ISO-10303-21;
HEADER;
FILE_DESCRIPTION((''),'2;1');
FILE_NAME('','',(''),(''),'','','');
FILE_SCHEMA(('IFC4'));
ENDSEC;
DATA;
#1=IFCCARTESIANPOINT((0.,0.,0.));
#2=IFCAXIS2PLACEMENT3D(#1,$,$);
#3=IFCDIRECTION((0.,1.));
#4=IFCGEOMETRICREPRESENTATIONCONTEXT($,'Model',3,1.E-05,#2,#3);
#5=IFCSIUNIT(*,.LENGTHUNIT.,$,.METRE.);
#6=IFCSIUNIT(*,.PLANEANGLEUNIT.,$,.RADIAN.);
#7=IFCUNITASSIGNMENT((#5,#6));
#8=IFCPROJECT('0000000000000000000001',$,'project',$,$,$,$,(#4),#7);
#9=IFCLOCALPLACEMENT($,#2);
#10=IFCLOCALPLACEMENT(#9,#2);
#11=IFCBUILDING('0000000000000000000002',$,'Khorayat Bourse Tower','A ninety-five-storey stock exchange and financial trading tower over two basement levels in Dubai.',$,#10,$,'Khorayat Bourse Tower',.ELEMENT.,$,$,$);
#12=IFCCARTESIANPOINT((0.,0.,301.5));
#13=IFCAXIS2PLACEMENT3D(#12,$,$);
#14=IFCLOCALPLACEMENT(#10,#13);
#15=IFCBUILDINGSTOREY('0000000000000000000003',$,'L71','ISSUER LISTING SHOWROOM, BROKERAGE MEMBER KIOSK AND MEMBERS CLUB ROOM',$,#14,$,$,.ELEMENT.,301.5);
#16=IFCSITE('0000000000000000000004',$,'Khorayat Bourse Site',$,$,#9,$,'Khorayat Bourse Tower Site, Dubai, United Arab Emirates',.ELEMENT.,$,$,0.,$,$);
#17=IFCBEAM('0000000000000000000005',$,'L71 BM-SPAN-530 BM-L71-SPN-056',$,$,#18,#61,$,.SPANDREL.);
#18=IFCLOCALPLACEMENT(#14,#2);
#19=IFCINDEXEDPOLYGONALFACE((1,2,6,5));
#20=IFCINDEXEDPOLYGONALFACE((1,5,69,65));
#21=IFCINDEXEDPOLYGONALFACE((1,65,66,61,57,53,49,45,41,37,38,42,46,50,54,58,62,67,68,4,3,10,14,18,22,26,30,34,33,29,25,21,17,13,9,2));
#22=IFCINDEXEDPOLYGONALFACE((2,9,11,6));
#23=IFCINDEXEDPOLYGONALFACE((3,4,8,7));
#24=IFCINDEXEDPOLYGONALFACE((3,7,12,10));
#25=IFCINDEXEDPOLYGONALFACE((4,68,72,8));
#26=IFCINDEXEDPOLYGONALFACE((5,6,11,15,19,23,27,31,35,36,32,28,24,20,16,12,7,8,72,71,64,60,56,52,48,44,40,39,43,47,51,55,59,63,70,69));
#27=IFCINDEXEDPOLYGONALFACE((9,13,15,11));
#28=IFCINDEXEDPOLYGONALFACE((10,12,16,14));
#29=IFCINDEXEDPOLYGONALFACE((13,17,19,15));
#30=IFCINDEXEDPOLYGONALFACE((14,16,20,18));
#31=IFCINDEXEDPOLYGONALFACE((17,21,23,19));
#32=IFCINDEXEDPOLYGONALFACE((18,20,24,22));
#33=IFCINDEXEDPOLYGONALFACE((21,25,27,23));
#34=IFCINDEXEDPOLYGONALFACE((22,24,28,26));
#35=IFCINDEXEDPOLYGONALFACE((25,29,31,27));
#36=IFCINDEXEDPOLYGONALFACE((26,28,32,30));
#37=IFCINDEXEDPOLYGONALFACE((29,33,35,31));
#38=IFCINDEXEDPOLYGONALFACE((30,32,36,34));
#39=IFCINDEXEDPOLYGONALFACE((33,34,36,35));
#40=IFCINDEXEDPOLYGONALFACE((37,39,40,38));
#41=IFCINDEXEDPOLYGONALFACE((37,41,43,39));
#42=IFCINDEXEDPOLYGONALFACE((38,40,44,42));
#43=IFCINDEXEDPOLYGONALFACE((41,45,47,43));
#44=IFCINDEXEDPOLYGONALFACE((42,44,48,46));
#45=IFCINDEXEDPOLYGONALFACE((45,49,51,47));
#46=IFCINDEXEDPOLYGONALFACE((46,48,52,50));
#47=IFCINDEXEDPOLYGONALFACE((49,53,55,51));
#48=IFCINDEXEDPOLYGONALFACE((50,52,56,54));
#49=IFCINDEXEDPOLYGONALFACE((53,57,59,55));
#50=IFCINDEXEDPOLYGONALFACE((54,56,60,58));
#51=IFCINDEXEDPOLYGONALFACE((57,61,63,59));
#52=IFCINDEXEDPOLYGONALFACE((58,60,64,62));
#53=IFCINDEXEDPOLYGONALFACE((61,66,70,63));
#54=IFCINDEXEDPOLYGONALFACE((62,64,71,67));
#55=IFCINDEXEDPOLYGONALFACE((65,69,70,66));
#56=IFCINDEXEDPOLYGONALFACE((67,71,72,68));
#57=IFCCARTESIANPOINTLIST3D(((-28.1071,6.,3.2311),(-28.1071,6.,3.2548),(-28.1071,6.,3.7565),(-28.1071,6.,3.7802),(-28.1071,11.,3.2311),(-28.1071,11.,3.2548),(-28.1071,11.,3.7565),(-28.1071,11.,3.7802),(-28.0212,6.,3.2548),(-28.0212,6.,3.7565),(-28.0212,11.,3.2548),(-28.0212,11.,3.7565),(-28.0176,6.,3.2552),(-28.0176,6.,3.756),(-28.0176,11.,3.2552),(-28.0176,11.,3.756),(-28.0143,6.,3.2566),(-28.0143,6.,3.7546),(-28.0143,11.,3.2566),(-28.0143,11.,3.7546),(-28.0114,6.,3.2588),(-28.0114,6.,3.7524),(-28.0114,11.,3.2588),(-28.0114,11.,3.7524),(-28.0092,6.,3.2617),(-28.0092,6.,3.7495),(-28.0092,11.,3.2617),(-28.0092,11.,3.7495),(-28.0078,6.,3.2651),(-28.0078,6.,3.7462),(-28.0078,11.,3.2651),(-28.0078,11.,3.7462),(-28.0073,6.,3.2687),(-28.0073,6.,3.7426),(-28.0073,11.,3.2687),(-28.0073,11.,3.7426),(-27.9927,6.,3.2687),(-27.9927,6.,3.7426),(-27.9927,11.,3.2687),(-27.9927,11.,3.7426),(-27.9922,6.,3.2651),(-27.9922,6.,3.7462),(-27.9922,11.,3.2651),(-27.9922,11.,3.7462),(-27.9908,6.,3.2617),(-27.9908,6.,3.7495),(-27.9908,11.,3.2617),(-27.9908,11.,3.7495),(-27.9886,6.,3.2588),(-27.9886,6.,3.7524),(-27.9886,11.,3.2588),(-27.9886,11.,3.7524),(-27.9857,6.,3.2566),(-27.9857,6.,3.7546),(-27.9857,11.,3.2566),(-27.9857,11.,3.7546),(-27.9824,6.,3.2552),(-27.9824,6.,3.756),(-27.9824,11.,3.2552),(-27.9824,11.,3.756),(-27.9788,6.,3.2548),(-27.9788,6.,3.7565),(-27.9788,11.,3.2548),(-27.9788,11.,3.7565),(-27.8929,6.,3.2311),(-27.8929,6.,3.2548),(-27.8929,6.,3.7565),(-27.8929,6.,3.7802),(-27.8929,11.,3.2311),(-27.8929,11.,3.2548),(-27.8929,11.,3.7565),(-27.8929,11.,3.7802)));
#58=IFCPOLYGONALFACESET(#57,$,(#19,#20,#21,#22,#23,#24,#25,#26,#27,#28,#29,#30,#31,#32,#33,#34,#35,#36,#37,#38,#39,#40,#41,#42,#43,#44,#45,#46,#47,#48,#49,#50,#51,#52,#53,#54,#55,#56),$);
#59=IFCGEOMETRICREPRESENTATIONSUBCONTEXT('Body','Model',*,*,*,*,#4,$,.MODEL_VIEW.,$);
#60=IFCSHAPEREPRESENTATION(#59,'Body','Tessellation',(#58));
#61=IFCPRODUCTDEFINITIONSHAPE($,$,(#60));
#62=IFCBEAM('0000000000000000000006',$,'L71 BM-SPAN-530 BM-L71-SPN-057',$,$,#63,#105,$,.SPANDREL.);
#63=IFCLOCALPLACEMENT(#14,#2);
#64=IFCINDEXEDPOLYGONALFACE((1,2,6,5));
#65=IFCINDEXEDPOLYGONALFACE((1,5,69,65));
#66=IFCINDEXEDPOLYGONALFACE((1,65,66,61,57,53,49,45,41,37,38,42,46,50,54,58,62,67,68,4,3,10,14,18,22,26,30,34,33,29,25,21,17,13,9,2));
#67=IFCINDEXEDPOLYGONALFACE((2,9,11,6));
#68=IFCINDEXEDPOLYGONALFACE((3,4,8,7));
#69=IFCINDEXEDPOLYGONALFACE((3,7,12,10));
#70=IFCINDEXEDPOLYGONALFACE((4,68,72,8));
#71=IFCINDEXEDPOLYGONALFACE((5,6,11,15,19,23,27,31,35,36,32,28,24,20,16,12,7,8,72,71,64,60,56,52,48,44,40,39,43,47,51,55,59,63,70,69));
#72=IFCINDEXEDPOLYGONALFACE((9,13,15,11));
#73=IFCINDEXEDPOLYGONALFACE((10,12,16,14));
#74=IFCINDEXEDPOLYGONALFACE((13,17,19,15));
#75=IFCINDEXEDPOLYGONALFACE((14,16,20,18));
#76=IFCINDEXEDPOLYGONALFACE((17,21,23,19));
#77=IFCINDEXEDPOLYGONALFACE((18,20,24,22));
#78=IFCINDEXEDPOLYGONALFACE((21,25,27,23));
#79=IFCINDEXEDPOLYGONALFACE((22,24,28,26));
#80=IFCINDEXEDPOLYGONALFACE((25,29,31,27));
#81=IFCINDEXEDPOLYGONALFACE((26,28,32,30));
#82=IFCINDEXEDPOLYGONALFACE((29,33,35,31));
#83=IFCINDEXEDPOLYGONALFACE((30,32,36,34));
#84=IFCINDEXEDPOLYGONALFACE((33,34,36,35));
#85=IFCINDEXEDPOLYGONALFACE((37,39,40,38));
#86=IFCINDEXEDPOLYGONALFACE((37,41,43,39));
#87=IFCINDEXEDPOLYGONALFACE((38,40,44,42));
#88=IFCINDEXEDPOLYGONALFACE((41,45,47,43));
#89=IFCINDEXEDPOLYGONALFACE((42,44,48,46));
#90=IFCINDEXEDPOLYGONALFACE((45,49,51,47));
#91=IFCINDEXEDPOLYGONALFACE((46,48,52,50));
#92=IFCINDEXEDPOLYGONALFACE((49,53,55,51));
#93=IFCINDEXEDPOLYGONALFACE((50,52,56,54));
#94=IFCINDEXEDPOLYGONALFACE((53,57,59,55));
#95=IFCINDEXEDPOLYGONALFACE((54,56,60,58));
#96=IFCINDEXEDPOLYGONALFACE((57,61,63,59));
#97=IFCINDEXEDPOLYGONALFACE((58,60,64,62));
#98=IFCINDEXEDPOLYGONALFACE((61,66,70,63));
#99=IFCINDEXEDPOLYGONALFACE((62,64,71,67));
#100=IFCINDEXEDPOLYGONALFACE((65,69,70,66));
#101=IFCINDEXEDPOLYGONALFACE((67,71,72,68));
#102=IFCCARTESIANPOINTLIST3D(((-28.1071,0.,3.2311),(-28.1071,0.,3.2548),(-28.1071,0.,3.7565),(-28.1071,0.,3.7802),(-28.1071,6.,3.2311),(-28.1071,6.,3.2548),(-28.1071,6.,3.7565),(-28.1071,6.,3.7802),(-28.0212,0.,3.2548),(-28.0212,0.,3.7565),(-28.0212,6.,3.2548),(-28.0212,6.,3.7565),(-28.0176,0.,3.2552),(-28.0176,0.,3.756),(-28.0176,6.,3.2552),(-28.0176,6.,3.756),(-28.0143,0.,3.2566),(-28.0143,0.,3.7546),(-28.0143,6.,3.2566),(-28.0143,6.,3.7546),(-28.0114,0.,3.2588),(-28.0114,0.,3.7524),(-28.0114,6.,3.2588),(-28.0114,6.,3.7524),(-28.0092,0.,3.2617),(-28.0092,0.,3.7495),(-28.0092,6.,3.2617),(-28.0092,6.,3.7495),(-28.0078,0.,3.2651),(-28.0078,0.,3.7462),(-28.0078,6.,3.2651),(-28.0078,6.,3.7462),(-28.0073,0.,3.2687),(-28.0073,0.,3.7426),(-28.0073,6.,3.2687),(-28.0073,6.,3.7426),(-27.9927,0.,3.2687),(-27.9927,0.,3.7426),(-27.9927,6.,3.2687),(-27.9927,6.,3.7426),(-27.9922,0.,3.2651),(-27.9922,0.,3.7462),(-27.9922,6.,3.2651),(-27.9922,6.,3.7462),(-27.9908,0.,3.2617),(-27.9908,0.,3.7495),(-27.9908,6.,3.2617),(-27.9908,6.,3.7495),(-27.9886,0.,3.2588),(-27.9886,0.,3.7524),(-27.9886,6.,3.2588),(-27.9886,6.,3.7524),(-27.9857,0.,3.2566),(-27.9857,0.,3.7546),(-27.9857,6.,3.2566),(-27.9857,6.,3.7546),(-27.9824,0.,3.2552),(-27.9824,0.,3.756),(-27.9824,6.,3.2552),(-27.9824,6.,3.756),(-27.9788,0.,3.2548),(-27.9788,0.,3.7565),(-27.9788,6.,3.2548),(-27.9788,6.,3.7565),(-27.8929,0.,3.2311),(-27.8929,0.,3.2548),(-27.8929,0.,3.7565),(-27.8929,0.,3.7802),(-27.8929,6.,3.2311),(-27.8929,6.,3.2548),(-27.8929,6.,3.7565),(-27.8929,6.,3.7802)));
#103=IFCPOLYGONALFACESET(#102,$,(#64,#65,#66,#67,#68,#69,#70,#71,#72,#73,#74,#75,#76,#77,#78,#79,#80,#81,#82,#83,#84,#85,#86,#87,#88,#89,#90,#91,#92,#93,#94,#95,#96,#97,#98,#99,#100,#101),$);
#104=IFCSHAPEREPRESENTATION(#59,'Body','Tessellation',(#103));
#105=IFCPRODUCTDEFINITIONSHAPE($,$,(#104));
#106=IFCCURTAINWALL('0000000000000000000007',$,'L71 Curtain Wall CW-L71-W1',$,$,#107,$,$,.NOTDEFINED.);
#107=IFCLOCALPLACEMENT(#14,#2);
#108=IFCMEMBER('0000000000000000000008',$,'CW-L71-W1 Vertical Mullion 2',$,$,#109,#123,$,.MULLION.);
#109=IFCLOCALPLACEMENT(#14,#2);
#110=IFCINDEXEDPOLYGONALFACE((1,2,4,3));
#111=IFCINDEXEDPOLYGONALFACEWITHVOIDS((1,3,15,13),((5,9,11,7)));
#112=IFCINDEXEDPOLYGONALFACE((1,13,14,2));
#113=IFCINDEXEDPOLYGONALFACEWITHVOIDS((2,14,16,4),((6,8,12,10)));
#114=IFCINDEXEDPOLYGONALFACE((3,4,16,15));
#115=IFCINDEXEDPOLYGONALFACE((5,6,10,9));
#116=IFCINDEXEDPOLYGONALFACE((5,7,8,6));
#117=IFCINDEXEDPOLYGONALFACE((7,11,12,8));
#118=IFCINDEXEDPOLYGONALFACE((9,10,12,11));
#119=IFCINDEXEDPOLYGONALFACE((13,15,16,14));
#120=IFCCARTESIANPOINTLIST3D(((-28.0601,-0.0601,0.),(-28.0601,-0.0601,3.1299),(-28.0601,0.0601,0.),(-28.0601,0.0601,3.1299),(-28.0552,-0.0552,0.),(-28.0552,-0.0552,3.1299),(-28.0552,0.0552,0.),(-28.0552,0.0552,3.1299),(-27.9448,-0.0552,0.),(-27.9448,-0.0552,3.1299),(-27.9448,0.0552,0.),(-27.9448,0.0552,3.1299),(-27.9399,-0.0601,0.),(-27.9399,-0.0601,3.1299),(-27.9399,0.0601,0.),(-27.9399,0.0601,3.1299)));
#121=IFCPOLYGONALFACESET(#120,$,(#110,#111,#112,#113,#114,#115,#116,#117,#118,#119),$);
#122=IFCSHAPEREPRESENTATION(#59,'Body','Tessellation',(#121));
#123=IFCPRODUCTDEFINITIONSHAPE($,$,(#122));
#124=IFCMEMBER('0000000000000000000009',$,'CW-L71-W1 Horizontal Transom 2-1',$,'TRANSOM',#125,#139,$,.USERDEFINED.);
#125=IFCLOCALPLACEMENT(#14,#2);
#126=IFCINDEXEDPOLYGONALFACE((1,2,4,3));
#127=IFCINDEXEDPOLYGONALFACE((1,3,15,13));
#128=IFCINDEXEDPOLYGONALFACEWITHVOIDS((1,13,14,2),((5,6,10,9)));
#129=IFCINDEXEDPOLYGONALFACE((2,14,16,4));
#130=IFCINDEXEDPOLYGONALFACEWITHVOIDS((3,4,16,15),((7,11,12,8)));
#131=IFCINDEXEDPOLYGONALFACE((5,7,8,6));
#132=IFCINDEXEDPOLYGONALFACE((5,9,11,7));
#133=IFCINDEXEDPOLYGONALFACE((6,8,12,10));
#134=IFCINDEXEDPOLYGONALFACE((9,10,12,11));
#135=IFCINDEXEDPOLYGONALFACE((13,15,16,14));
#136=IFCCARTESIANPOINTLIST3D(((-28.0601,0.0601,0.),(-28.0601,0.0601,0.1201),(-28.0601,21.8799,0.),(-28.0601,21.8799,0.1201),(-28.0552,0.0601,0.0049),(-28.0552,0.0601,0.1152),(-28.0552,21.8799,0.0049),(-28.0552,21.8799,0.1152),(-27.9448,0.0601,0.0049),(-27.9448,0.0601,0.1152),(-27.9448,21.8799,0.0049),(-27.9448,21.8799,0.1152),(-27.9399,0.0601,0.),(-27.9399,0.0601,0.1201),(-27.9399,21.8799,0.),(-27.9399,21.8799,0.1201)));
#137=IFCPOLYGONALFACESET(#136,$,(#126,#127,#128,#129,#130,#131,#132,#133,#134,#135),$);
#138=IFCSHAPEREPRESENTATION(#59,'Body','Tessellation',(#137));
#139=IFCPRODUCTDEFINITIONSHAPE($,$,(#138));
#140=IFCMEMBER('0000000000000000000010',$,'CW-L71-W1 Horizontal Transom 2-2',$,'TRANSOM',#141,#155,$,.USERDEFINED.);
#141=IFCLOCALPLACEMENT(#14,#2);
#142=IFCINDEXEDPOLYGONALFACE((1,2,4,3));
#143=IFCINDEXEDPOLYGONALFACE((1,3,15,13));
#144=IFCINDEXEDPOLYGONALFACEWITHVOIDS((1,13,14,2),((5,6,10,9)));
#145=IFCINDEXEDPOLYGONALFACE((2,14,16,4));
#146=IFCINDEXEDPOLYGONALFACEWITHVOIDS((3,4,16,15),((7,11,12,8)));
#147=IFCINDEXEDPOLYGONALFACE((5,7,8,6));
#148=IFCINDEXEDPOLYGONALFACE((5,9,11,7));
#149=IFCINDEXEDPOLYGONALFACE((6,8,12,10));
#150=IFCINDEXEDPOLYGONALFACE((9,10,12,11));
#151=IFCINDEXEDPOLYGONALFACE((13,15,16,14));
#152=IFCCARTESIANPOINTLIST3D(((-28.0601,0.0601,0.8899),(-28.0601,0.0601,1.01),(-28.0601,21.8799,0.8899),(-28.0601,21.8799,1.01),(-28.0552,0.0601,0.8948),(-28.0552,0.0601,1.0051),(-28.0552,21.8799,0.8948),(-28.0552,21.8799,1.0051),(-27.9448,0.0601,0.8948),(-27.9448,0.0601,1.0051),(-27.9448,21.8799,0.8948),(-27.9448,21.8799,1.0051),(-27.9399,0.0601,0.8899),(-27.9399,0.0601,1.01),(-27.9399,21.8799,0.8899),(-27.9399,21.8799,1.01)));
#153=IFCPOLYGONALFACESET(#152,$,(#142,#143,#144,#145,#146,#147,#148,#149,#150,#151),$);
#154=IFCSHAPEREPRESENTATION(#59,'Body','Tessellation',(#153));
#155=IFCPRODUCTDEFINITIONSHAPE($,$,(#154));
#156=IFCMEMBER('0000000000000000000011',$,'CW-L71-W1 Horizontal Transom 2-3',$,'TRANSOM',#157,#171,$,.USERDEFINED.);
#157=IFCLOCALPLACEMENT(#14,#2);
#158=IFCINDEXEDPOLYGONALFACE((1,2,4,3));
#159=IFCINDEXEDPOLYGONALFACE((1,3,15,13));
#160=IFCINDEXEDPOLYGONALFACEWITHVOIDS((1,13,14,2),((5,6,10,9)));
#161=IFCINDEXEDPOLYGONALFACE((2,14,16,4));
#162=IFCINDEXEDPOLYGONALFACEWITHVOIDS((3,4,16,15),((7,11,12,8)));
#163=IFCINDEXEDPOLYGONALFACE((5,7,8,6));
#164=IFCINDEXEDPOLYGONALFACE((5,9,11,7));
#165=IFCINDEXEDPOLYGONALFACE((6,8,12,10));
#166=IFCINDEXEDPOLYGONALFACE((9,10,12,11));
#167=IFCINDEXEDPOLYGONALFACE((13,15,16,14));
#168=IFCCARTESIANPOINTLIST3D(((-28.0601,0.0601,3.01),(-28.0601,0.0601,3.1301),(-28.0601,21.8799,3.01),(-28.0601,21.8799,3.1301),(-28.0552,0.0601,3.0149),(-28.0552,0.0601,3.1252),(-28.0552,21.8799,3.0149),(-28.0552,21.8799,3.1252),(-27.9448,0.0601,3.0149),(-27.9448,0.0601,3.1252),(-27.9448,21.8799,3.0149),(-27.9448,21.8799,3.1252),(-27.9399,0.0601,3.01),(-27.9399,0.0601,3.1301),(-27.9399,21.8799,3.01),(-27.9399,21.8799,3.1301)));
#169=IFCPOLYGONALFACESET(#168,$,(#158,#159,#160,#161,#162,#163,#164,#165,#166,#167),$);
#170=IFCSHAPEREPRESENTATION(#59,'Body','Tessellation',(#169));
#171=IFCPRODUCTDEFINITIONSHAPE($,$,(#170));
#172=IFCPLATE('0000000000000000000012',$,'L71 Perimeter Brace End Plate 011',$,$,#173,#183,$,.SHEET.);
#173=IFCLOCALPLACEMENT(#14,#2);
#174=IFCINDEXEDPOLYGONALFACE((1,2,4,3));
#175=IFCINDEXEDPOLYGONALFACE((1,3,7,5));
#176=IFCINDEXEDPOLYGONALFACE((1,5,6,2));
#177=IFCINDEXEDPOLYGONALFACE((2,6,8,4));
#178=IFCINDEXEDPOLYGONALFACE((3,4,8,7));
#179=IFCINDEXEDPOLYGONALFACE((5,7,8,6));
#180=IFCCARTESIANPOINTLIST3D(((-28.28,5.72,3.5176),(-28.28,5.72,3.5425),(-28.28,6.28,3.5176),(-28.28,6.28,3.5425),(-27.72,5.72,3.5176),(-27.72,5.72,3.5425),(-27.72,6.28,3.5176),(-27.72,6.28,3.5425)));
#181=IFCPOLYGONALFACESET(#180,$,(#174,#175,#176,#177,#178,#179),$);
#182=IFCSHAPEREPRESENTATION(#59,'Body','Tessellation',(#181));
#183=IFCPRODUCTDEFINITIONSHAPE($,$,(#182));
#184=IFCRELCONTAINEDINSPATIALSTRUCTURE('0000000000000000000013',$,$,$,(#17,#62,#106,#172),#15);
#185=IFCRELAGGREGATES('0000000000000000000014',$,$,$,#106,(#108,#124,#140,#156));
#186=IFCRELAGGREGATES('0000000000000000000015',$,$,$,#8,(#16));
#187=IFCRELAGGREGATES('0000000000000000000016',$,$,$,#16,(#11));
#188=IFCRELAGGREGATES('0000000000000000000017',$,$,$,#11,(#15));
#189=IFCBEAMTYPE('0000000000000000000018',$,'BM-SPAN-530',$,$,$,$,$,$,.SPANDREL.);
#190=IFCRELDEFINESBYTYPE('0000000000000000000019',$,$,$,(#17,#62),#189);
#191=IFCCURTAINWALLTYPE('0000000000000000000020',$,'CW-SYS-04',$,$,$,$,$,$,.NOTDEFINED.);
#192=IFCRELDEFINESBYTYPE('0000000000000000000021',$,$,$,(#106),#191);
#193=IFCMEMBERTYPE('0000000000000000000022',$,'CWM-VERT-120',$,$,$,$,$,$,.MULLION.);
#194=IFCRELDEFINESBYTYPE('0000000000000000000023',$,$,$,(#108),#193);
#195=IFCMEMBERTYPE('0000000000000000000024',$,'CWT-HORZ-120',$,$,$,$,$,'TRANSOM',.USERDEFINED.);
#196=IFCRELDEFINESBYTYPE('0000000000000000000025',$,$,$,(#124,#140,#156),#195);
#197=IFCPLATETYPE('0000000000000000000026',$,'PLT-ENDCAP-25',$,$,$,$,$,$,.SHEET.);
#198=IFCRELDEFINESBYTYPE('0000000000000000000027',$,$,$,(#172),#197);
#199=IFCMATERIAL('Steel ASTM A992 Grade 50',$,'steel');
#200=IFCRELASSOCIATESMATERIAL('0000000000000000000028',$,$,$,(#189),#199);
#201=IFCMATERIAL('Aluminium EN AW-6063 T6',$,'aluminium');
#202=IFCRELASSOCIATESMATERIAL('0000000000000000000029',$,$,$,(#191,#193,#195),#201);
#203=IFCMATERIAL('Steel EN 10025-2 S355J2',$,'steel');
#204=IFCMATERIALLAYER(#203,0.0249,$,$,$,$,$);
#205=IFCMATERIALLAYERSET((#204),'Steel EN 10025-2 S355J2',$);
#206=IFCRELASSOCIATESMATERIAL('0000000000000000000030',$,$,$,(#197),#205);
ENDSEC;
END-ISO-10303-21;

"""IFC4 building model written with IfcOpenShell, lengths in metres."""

from ifc_helpers import new_model, si_unit, direction, frame, origin, origin_2d, place, context, subcontext, project, spatial, rectangle, hollow_rectangle, i_section, extrude, source, transform, mapped, material, layer, layer_set, material_profile, profile_set, type_object, element, aggregate, save


model = new_model("IFC4")

# Units and contexts
model_context = context("Model", 3, precision=1e-05, world=origin(), true_north=direction((0.0, 1.0)))
body_context = subcontext(model_context, "Body", "Model", "MODEL_VIEW")
ifc_project = project(units=[si_unit("LENGTHUNIT", "METRE"), si_unit("PLANEANGLEUNIT", "RADIAN")], contexts=[model_context])

# Site, building, storey
site_placement = place(None, origin())
site = spatial("IfcSite", under=ifc_project, at=site_placement, Name="Khorayat Bourse Site", LongName="Khorayat Bourse Tower Site, Dubai, United Arab Emirates", CompositionType="ELEMENT", RefElevation=0.0)
building_placement = place(site_placement, origin())
building = spatial("IfcBuilding", under=site, at=building_placement, Name="Khorayat Bourse Tower", Description="A ninety-five-storey stock exchange and financial trading tower over two basement levels in Dubai.", LongName="Khorayat Bourse Tower", CompositionType="ELEMENT")
storey_placement = place(building_placement, frame((0.0, 0.0, 301.5)))
storey = spatial("IfcBuildingStorey", under=building, at=storey_placement, Name="L71", Description="ISSUER LISTING SHOWROOM, BROKERAGE MEMBER KIOSK AND MEMBERS CLUB ROOM", CompositionType="ELEMENT", Elevation=301.5)

# Beams
ifc_material_1 = material(Name="Steel ASTM A992 Grade 50", Category="steel")
ifc_material_profile_1 = material_profile(ifc_material_1, i_section(OverallWidth=0.2141, OverallDepth=0.5491, WebThickness=0.0146, FlangeThickness=0.0237, FilletRadius=0.0139, at=origin_2d()), Name="W530X138")
ifc_profile_set_1 = profile_set([ifc_material_profile_1], Name="Steel ASTM A992 Grade 50")
beam_type_1 = type_object("IfcBeamType", Name="BM-SPAN-530", PredefinedType="SPANDREL", material=ifc_profile_set_1)
shared_shape_1 = source(origin(), body_context, "Body", "SweptSolid", [
    extrude(i_section(OverallWidth=0.2141, OverallDepth=0.5491, WebThickness=0.0146, FlangeThickness=0.0237, FilletRadius=0.0139, at=origin_2d()), origin(), (0.0, 0.0, 1.0), 5.0),
])
beam_1_placement = place(storey_placement, frame((-28.0, 6.0, 3.5056), z_axis=(0.0, 1.0, 0.0), x_axis=(-1.0, 0.0, 0.0)))
element("IfcBeam", 1, at=beam_1_placement, inside=storey, type_object=beam_type_1, Name="L71 BM-SPAN-530 BM-L71-SPN-056", PredefinedType="SPANDREL", context=body_context, shape_type="MappedRepresentation", body=[
    mapped(shared_shape_1, transform((0.0, 0.0, 0.0), scale=1.0)),
])
shared_shape_2 = source(origin(), body_context, "Body", "SweptSolid", [
    extrude(i_section(OverallWidth=0.2141, OverallDepth=0.5491, WebThickness=0.0146, FlangeThickness=0.0237, FilletRadius=0.0139, at=origin_2d()), origin(), (0.0, 0.0, 1.0), 6.0),
])
beam_2_placement = place(storey_placement, frame((-28.0, 0.0, 3.5056), z_axis=(0.0, 1.0, 0.0), x_axis=(-1.0, 0.0, 0.0)))
element("IfcBeam", 2, at=beam_2_placement, inside=storey, type_object=beam_type_1, Name="L71 BM-SPAN-530 BM-L71-SPN-057", PredefinedType="SPANDREL", context=body_context, shape_type="MappedRepresentation", body=[
    mapped(shared_shape_2, transform((0.0, 0.0, 0.0), scale=1.0)),
])

# Curtain wall, members
ifc_material_2 = material(Name="Aluminium EN AW-6063 T6", Category="aluminium")
curtain_wall_type = type_object("IfcCurtainWallType", Name="CW-SYS-04", PredefinedType="NOTDEFINED", material=ifc_material_2)
curtain_wall_placement = place(storey_placement, origin())
curtain_wall = element("IfcCurtainWall", 3, at=curtain_wall_placement, inside=storey, type_object=curtain_wall_type, Name="L71 Curtain Wall CW-L71-W1", PredefinedType="NOTDEFINED")
ifc_material_profile_2 = material_profile(ifc_material_2, hollow_rectangle(XDim=0.1201, YDim=0.1201, WallThickness=0.0049, at=origin_2d()), Name="ALU 120x120x5")
ifc_profile_set_2 = profile_set([ifc_material_profile_2], Name="Aluminium EN AW-6063 T6")
member_type_1 = type_object("IfcMemberType", Name="CWM-VERT-120", PredefinedType="MULLION", material=ifc_profile_set_2)
shared_shape_3 = source(origin(), body_context, "Body", "SweptSolid", [
    extrude(hollow_rectangle(XDim=0.1201, YDim=0.1201, WallThickness=0.0049, at=origin_2d()), origin(), (0.0, 0.0, 1.0), 3.1299),
])
member_1_placement = place(storey_placement, frame((-28.0, 0.0, 0.0), z_axis=(0.0, 0.0, 1.0), x_axis=(-1.0, 0.0, 0.0)))
member_1 = element("IfcMember", 4, at=member_1_placement, type_object=member_type_1, Name="CW-L71-W1 Vertical Mullion 2", PredefinedType="MULLION", context=body_context, shape_type="MappedRepresentation", body=[
    mapped(shared_shape_3, transform((0.0, 0.0, 0.0), scale=1.0)),
])
ifc_material_profile_3 = material_profile(ifc_material_2, hollow_rectangle(XDim=0.1201, YDim=0.1201, WallThickness=0.0049, at=origin_2d()), Name="ALU 120x120x5")
ifc_profile_set_3 = profile_set([ifc_material_profile_3], Name="Aluminium EN AW-6063 T6")
member_type_2 = type_object("IfcMemberType", Name="CWT-HORZ-120", ElementType="TRANSOM", PredefinedType="USERDEFINED", material=ifc_profile_set_3)
shared_shape_4 = source(origin(), body_context, "Body", "SweptSolid", [
    extrude(hollow_rectangle(XDim=0.1201, YDim=0.1201, WallThickness=0.0049, at=origin_2d()), origin(), (0.0, 0.0, 1.0), 21.8198),
])
member_2_placement = place(storey_placement, frame((-28.0, 0.0601, 0.0601), z_axis=(0.0, 1.0, 0.0), x_axis=(-1.0, 0.0, 0.0)))
member_2 = element("IfcMember", 5, at=member_2_placement, type_object=member_type_2, Name="CW-L71-W1 Horizontal Transom 2-1", ObjectType="TRANSOM", PredefinedType="USERDEFINED", context=body_context, shape_type="MappedRepresentation", body=[
    mapped(shared_shape_4, transform((0.0, 0.0, 0.0), scale=1.0)),
])
member_3_placement = place(storey_placement, frame((-28.0, 0.0601, 0.95), z_axis=(0.0, 1.0, 0.0), x_axis=(-1.0, 0.0, 0.0)))
member_3 = element("IfcMember", 6, at=member_3_placement, type_object=member_type_2, Name="CW-L71-W1 Horizontal Transom 2-2", ObjectType="TRANSOM", PredefinedType="USERDEFINED", context=body_context, shape_type="MappedRepresentation", body=[
    mapped(shared_shape_4, transform((0.0, 0.0, 0.0), scale=1.0)),
])
member_4_placement = place(storey_placement, frame((-28.0, 0.0601, 3.0701), z_axis=(0.0, 1.0, 0.0), x_axis=(-1.0, 0.0, 0.0)))
member_4 = element("IfcMember", 7, at=member_4_placement, type_object=member_type_2, Name="CW-L71-W1 Horizontal Transom 2-3", ObjectType="TRANSOM", PredefinedType="USERDEFINED", context=body_context, shape_type="MappedRepresentation", body=[
    mapped(shared_shape_4, transform((0.0, 0.0, 0.0), scale=1.0)),
])

# Plate
ifc_material_3 = material(Name="Steel EN 10025-2 S355J2", Category="steel")
ifc_layer_1 = layer(ifc_material_3, 0.0249)
ifc_layer_set_1 = layer_set([ifc_layer_1], Name="Steel EN 10025-2 S355J2")
plate_type_1 = type_object("IfcPlateType", Name="PLT-ENDCAP-25", PredefinedType="SHEET", material=ifc_layer_set_1)
shared_shape_5 = source(origin(), body_context, "Body", "SweptSolid", [
    extrude(rectangle(XDim=0.5601, YDim=0.5601, at=origin_2d()), origin(), (0.0, 0.0, 1.0), 0.0249),
])
for number, where, z_axis, x_axis, name in (
    (8, (-28.0, 6.0, 3.5176), (0.0, 0.0, 1.0), (1.0, 0.0, 0.0), "L71 Perimeter Brace End Plate 011"),
):
    element("IfcPlate", number, at=place(storey_placement, frame(where, z_axis=z_axis, x_axis=x_axis)), inside=storey, type_object=plate_type_1, Name=name, PredefinedType="SHEET", context=body_context, shape_type="MappedRepresentation", body=[
        mapped(shared_shape_5, transform((0.0, 0.0, 0.0), scale=1.0)),
    ])

aggregate(curtain_wall, [member_1, member_2, member_3, member_4])

save(model, "model.ifc")
